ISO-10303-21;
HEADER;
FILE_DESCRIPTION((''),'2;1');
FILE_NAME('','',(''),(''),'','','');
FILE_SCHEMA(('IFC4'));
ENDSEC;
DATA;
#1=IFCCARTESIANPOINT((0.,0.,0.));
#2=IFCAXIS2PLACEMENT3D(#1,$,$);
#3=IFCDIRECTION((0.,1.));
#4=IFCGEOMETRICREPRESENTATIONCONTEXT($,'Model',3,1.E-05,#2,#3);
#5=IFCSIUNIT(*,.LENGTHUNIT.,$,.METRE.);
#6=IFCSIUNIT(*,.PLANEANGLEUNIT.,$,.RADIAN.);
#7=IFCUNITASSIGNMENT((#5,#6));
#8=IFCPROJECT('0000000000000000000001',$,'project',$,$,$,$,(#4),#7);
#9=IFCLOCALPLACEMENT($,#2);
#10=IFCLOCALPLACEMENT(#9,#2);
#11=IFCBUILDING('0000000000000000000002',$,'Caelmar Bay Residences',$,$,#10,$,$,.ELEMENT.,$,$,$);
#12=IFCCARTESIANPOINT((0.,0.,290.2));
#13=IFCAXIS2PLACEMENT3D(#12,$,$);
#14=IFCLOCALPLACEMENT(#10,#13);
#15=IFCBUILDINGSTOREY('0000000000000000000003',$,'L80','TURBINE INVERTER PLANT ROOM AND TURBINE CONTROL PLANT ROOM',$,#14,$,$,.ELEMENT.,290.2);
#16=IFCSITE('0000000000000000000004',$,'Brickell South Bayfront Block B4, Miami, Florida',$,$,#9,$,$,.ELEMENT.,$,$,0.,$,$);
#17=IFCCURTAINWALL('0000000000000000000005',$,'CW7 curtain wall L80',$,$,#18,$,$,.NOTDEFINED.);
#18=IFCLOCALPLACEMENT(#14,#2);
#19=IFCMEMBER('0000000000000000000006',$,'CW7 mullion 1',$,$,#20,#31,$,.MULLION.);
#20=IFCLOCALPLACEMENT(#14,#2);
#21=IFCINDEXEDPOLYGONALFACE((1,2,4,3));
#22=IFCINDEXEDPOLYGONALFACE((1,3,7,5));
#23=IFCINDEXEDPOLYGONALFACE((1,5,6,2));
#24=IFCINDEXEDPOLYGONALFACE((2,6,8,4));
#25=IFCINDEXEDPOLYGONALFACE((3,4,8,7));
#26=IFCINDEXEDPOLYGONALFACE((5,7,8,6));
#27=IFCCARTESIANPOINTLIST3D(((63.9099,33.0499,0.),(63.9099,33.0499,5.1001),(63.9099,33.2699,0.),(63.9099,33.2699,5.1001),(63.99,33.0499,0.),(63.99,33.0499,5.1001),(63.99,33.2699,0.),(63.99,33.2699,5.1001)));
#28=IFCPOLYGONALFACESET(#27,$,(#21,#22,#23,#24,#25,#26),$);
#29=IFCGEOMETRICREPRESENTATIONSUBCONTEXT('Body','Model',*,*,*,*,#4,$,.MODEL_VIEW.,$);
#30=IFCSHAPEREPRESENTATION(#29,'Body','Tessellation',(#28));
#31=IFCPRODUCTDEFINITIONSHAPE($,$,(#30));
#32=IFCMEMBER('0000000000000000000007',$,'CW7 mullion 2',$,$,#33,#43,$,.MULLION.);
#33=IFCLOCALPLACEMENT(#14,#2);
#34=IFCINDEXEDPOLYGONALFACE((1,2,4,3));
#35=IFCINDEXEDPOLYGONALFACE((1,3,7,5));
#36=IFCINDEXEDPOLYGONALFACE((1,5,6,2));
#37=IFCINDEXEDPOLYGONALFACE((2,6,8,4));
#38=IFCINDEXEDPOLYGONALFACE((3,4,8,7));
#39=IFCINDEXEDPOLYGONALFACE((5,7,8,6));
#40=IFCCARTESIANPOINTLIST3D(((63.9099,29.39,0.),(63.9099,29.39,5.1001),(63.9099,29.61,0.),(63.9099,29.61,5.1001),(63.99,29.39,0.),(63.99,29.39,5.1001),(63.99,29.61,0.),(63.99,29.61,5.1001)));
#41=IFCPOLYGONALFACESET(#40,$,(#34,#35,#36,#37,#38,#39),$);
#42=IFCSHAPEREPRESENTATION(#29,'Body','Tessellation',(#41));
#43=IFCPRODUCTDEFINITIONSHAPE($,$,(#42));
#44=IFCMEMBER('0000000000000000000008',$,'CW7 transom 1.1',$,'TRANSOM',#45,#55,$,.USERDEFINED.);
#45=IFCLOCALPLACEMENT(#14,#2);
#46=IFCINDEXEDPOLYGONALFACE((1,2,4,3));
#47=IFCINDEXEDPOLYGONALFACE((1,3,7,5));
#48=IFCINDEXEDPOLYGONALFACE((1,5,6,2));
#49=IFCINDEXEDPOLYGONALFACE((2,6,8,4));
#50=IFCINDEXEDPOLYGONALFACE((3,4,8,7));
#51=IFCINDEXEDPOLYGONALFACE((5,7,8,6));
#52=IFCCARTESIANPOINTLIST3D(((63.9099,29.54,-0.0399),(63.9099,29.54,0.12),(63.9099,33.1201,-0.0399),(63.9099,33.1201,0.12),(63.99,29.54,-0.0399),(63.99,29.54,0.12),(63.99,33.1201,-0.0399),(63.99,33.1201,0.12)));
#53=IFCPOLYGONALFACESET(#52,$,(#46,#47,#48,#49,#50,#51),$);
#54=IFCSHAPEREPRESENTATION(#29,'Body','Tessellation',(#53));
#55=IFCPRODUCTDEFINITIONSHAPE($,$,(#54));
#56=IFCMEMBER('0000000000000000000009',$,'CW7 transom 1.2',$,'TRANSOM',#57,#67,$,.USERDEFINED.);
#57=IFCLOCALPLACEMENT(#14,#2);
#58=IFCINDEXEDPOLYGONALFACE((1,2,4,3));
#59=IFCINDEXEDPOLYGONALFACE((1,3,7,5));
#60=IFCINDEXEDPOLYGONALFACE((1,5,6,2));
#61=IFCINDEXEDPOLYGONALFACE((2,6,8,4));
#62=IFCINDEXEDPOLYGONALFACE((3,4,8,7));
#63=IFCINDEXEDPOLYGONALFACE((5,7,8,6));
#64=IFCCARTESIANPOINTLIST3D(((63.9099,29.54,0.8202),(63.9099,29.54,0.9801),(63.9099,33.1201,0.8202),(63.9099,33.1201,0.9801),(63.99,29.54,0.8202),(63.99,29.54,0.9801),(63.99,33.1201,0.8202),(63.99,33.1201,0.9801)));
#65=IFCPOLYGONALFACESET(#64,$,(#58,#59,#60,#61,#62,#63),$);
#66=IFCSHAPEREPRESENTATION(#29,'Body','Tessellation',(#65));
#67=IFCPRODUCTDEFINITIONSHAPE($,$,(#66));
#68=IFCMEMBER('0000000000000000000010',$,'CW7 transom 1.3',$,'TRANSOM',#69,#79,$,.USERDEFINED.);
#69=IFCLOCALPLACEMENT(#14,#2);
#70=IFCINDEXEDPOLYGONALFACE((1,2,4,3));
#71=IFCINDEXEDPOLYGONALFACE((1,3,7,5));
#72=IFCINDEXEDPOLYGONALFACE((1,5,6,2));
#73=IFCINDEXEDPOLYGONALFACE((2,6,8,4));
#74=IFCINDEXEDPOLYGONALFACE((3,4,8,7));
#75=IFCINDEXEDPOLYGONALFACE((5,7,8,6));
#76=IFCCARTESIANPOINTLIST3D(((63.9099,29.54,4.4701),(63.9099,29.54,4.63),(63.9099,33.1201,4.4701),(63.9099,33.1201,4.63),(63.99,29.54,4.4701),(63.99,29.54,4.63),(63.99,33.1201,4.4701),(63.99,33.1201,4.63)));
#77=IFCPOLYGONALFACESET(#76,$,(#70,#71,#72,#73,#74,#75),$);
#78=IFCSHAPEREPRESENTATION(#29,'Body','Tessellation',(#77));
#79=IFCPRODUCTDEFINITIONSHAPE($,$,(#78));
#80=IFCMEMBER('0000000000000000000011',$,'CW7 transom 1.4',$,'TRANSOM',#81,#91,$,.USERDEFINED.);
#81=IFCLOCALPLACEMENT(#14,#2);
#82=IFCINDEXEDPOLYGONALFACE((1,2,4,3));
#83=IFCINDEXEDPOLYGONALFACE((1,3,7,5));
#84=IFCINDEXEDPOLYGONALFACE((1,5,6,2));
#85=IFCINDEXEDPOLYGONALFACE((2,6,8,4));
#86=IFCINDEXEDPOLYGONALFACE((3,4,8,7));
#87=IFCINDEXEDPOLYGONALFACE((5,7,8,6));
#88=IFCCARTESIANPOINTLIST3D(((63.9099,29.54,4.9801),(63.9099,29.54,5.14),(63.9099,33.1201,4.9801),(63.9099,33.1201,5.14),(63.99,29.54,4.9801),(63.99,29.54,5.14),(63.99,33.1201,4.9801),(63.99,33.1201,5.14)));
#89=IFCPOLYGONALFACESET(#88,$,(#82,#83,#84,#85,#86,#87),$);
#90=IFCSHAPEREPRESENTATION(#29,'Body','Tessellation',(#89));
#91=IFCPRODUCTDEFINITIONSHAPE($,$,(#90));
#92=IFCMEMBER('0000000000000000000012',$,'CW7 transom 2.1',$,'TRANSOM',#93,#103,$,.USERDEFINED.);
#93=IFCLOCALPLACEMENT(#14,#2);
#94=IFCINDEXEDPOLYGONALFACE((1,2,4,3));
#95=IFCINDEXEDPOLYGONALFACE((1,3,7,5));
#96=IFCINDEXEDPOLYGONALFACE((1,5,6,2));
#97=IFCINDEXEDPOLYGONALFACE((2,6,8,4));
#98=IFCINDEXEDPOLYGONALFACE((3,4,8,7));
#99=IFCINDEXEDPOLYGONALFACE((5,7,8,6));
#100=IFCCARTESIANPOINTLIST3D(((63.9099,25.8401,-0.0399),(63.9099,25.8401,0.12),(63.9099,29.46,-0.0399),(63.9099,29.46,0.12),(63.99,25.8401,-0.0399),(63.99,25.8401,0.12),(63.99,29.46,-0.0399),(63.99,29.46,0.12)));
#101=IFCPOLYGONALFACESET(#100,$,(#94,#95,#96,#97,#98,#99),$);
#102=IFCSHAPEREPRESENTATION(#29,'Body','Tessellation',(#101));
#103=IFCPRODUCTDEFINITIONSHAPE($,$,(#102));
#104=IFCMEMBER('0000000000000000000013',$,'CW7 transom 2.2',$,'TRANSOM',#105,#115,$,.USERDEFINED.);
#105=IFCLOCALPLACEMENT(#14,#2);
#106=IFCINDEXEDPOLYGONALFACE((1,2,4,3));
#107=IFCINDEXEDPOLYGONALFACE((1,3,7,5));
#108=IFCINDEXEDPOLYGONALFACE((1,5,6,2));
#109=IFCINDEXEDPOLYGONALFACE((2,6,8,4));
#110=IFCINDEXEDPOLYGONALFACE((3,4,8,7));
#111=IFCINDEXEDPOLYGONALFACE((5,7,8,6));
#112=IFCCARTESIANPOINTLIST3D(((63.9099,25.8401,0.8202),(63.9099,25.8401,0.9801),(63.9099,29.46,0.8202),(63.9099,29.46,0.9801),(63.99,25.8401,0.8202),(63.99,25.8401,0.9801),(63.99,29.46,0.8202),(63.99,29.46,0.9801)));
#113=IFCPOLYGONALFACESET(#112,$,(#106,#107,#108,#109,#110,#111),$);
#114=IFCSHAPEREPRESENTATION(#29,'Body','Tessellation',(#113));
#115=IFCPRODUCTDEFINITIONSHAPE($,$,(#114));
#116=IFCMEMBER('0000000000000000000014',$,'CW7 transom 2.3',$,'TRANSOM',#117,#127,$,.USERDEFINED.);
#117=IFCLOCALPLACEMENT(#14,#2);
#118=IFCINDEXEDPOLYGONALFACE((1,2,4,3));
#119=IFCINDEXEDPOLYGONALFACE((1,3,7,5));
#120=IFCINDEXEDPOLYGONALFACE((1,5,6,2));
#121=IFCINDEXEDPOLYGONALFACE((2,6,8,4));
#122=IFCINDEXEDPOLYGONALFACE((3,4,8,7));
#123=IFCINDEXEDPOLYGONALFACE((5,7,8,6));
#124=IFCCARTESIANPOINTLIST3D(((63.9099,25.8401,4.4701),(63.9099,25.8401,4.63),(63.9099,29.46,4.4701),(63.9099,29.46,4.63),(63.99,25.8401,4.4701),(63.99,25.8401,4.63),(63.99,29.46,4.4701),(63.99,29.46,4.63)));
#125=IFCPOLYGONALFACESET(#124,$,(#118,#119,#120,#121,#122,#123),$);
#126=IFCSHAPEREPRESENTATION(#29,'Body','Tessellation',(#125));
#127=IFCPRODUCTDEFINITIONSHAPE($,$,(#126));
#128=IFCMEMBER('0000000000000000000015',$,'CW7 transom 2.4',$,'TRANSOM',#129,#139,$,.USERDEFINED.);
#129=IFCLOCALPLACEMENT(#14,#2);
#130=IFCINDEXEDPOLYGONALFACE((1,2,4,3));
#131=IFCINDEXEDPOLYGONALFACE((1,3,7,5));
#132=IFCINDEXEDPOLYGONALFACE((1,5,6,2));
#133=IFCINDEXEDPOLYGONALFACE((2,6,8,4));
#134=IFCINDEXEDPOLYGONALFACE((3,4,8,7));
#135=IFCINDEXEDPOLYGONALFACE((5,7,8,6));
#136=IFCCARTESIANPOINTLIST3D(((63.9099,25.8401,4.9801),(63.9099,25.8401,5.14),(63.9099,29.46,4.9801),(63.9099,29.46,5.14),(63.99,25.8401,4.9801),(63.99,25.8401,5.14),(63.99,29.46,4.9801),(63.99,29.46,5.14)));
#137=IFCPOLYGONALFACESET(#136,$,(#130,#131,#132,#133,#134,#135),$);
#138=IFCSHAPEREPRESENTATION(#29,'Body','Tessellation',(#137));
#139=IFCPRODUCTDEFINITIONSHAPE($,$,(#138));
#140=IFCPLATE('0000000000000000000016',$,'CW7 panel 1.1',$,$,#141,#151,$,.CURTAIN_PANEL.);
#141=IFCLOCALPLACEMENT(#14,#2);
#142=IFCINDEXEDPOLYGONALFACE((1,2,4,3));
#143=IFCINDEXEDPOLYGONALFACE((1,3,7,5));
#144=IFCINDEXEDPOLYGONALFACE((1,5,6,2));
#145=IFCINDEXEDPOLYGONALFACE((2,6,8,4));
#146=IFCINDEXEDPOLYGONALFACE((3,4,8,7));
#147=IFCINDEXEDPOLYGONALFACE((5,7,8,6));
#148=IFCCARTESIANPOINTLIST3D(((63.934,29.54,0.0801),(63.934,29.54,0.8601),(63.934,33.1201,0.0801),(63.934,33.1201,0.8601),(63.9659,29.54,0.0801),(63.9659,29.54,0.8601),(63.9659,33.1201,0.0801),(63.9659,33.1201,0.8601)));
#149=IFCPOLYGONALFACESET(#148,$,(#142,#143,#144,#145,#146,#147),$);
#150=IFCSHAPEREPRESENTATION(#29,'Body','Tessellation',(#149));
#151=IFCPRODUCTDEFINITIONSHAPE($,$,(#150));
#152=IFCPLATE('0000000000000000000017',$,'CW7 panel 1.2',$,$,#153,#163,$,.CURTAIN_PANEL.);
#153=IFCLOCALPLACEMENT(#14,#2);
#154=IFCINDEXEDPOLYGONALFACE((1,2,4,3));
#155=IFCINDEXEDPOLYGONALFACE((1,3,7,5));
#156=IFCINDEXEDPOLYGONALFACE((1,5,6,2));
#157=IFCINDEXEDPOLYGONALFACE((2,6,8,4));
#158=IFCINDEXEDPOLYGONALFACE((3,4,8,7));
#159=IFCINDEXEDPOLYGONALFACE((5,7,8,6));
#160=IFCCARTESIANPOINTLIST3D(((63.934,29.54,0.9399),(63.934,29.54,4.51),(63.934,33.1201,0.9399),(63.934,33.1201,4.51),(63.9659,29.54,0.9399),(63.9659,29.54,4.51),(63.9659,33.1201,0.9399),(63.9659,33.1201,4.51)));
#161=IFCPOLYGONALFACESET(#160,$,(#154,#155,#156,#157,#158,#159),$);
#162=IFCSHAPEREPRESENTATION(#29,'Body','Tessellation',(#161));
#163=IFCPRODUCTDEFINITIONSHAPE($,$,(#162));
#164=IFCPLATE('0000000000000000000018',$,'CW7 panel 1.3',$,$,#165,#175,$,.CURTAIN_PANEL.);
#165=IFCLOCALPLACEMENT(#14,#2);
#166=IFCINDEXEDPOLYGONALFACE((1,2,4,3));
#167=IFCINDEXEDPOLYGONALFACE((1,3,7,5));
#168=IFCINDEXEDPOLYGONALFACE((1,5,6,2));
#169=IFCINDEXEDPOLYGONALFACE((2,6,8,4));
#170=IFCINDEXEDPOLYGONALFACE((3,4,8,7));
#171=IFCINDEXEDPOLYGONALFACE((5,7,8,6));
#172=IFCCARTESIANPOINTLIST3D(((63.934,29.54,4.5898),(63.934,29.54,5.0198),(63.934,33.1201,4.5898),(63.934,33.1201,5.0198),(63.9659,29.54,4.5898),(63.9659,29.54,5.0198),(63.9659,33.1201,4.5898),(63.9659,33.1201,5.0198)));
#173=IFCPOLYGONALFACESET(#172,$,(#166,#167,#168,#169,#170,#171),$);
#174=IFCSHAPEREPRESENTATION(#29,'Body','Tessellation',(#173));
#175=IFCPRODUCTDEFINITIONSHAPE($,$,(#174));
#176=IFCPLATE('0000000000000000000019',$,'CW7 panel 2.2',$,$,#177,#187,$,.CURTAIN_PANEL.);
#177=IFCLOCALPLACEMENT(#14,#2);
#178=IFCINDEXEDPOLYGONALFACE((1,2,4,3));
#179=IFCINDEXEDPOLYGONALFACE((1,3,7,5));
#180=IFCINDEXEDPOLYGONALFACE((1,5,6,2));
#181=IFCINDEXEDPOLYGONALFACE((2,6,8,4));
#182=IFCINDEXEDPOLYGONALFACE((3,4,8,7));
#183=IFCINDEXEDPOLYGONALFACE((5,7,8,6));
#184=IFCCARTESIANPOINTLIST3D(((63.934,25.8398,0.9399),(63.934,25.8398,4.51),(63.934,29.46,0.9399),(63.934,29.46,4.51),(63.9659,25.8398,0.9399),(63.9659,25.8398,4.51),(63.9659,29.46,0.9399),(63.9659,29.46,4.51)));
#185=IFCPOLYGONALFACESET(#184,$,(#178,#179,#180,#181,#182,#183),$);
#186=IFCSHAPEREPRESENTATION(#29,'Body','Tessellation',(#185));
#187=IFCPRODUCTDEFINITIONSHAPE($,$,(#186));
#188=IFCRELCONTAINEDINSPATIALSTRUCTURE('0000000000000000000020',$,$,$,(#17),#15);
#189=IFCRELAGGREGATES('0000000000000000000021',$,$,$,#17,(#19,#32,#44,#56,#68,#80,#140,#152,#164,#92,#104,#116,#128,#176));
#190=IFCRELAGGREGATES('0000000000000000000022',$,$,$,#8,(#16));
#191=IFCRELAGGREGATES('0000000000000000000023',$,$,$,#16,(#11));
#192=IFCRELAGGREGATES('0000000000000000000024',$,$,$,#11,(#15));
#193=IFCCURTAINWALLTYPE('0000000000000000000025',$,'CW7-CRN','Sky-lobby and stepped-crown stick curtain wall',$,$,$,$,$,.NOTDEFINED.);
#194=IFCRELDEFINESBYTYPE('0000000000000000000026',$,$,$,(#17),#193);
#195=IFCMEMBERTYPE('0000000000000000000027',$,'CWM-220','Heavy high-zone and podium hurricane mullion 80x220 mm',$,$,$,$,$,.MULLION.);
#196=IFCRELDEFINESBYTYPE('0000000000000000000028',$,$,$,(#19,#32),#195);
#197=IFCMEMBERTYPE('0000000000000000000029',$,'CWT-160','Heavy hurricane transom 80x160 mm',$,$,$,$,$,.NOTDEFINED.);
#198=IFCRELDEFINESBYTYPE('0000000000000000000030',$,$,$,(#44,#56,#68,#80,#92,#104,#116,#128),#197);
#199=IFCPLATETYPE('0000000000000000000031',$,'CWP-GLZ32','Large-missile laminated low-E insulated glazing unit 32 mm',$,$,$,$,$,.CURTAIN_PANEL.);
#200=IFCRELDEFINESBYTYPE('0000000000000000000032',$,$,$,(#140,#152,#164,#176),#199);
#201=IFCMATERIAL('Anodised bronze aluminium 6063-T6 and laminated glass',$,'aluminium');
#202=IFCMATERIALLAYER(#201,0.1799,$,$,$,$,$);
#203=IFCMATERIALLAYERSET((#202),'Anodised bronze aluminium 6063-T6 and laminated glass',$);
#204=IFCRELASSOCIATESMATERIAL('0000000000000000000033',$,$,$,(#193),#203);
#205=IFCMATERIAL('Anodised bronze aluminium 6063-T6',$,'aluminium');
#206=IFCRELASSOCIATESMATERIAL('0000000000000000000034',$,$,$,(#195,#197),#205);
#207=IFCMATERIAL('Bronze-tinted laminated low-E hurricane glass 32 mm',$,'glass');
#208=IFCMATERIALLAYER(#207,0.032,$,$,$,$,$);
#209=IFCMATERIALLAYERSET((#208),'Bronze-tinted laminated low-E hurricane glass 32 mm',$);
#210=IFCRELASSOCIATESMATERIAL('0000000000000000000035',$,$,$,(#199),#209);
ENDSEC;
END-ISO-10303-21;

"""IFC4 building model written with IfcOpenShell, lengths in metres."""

from ifc_helpers import new_model, si_unit, direction, frame, origin, origin_2d, place, context, subcontext, project, spatial, rectangle, extrude, material, layer, layer_set, material_profile, profile_set, type_object, element, aggregate, save


model = new_model("IFC4")

# Units and contexts
model_context = context("Model", 3, precision=1e-05, world=origin(), true_north=direction((0.0, 1.0)))
body_context = subcontext(model_context, "Body", "Model", "MODEL_VIEW")
ifc_project = project(units=[si_unit("LENGTHUNIT", "METRE"), si_unit("PLANEANGLEUNIT", "RADIAN")], contexts=[model_context])

# Site, building, storey
site_placement = place(None, origin())
site = spatial("IfcSite", under=ifc_project, at=site_placement, Name="Brickell South Bayfront Block B4, Miami, Florida", CompositionType="ELEMENT", RefElevation=0.0)
building_placement = place(site_placement, origin())
building = spatial("IfcBuilding", under=site, at=building_placement, Name="Caelmar Bay Residences", CompositionType="ELEMENT")
storey_placement = place(building_placement, frame((0.0, 0.0, 290.2)))
storey = spatial("IfcBuildingStorey", under=building, at=storey_placement, Name="L80", Description="TURBINE INVERTER PLANT ROOM AND TURBINE CONTROL PLANT ROOM", CompositionType="ELEMENT", Elevation=290.2)

# Curtain wall, members, plates
ifc_material_1 = material(Name="Anodised bronze aluminium 6063-T6 and laminated glass", Category="aluminium")
ifc_layer_1 = layer(ifc_material_1, 0.1799)
ifc_layer_set_1 = layer_set([ifc_layer_1], Name="Anodised bronze aluminium 6063-T6 and laminated glass")
curtain_wall_type = type_object("IfcCurtainWallType", Name="CW7-CRN", Description="Sky-lobby and stepped-crown stick curtain wall", PredefinedType="NOTDEFINED", material=ifc_layer_set_1)
curtain_wall_placement = place(storey_placement, origin())
curtain_wall = element("IfcCurtainWall", 1, at=curtain_wall_placement, inside=storey, type_object=curtain_wall_type, Name="CW7 curtain wall L80", PredefinedType="NOTDEFINED")
ifc_material_2 = material(Name="Anodised bronze aluminium 6063-T6", Category="aluminium")
ifc_material_profile_1 = material_profile(ifc_material_2, rectangle(XDim=0.0801, YDim=0.22, at=origin_2d()), Name="CWM-80X220")
ifc_profile_set_1 = profile_set([ifc_material_profile_1], Name="Anodised bronze aluminium 6063-T6")
member_type_1 = type_object("IfcMemberType", Name="CWM-220", Description="Heavy high-zone and podium hurricane mullion 80x220 mm", PredefinedType="MULLION", material=ifc_profile_set_1)
member_1_placement = place(storey_placement, frame((63.95, 33.1599, 0.0), z_axis=(0.0, 0.0, 1.0), x_axis=(1.0, 0.0, 0.0)))
member_1 = element("IfcMember", 2, at=member_1_placement, type_object=member_type_1, Name="CW7 mullion 1", PredefinedType="MULLION", context=body_context, shape_type="SweptSolid", body=[
    extrude(rectangle(XDim=0.0801, YDim=0.22, at=origin_2d()), origin(), (0.0, 0.0, 1.0), 5.1001),
])
member_2_placement = place(storey_placement, frame((63.95, 29.5, 0.0), z_axis=(0.0, 0.0, 1.0), x_axis=(1.0, 0.0, 0.0)))
member_2 = element("IfcMember", 3, at=member_2_placement, type_object=member_type_1, Name="CW7 mullion 2", PredefinedType="MULLION", context=body_context, shape_type="SweptSolid", body=[
    extrude(rectangle(XDim=0.0801, YDim=0.22, at=origin_2d()), origin(), (0.0, 0.0, 1.0), 5.1001),
])
ifc_material_profile_2 = material_profile(ifc_material_2, rectangle(XDim=0.0801, YDim=0.1599, at=origin_2d()), Name="CWT-80X160")
ifc_profile_set_2 = profile_set([ifc_material_profile_2], Name="Anodised bronze aluminium 6063-T6")
member_type_2 = type_object("IfcMemberType", Name="CWT-160", Description="Heavy hurricane transom 80x160 mm", PredefinedType="NOTDEFINED", material=ifc_profile_set_2)
member_3_placement = place(storey_placement, frame((63.95, 33.1201, 0.04), z_axis=(0.0, -1.0, 0.0), x_axis=(1.0, 0.0, 0.0)))
member_3 = element("IfcMember", 4, at=member_3_placement, type_object=member_type_2, Name="CW7 transom 1.1", ObjectType="TRANSOM", PredefinedType="USERDEFINED", context=body_context, shape_type="SweptSolid", body=[
    extrude(rectangle(XDim=0.0801, YDim=0.1599, at=origin_2d()), origin(), (0.0, 0.0, 1.0), 3.5801),
])
member_4_placement = place(storey_placement, frame((63.95, 33.1201, 0.9001), z_axis=(0.0, -1.0, 0.0), x_axis=(1.0, 0.0, 0.0)))
member_4 = element("IfcMember", 5, at=member_4_placement, type_object=member_type_2, Name="CW7 transom 1.2", ObjectType="TRANSOM", PredefinedType="USERDEFINED", context=body_context, shape_type="SweptSolid", body=[
    extrude(rectangle(XDim=0.0801, YDim=0.1599, at=origin_2d()), origin(), (0.0, 0.0, 1.0), 3.5801),
])
member_5_placement = place(storey_placement, frame((63.95, 33.1201, 4.55), z_axis=(0.0, -1.0, 0.0), x_axis=(1.0, 0.0, 0.0)))
member_5 = element("IfcMember", 6, at=member_5_placement, type_object=member_type_2, Name="CW7 transom 1.3", ObjectType="TRANSOM", PredefinedType="USERDEFINED", context=body_context, shape_type="SweptSolid", body=[
    extrude(rectangle(XDim=0.0801, YDim=0.1599, at=origin_2d()), origin(), (0.0, 0.0, 1.0), 3.5801),
])
member_6_placement = place(storey_placement, frame((63.95, 33.1201, 5.0601), z_axis=(0.0, -1.0, 0.0), x_axis=(1.0, 0.0, 0.0)))
member_6 = element("IfcMember", 7, at=member_6_placement, type_object=member_type_2, Name="CW7 transom 1.4", ObjectType="TRANSOM", PredefinedType="USERDEFINED", context=body_context, shape_type="SweptSolid", body=[
    extrude(rectangle(XDim=0.0801, YDim=0.1599, at=origin_2d()), origin(), (0.0, 0.0, 1.0), 3.5801),
])
member_7_placement = place(storey_placement, frame((63.95, 29.46, 0.04), z_axis=(0.0, -1.0, 0.0), x_axis=(1.0, 0.0, 0.0)))
member_7 = element("IfcMember", 8, at=member_7_placement, type_object=member_type_2, Name="CW7 transom 2.1", ObjectType="TRANSOM", PredefinedType="USERDEFINED", context=body_context, shape_type="SweptSolid", body=[
    extrude(rectangle(XDim=0.0801, YDim=0.1599, at=origin_2d()), origin(), (0.0, 0.0, 1.0), 3.6199),
])
member_8_placement = place(storey_placement, frame((63.95, 29.46, 0.9001), z_axis=(0.0, -1.0, 0.0), x_axis=(1.0, 0.0, 0.0)))
member_8 = element("IfcMember", 9, at=member_8_placement, type_object=member_type_2, Name="CW7 transom 2.2", ObjectType="TRANSOM", PredefinedType="USERDEFINED", context=body_context, shape_type="SweptSolid", body=[
    extrude(rectangle(XDim=0.0801, YDim=0.1599, at=origin_2d()), origin(), (0.0, 0.0, 1.0), 3.6199),
])
member_9_placement = place(storey_placement, frame((63.95, 29.46, 4.55), z_axis=(0.0, -1.0, 0.0), x_axis=(1.0, 0.0, 0.0)))
member_9 = element("IfcMember", 10, at=member_9_placement, type_object=member_type_2, Name="CW7 transom 2.3", ObjectType="TRANSOM", PredefinedType="USERDEFINED", context=body_context, shape_type="SweptSolid", body=[
    extrude(rectangle(XDim=0.0801, YDim=0.1599, at=origin_2d()), origin(), (0.0, 0.0, 1.0), 3.6199),
])
member_10_placement = place(storey_placement, frame((63.95, 29.46, 5.0601), z_axis=(0.0, -1.0, 0.0), x_axis=(1.0, 0.0, 0.0)))
member_10 = element("IfcMember", 11, at=member_10_placement, type_object=member_type_2, Name="CW7 transom 2.4", ObjectType="TRANSOM", PredefinedType="USERDEFINED", context=body_context, shape_type="SweptSolid", body=[
    extrude(rectangle(XDim=0.0801, YDim=0.1599, at=origin_2d()), origin(), (0.0, 0.0, 1.0), 3.6199),
])
ifc_material_3 = material(Name="Bronze-tinted laminated low-E hurricane glass 32 mm", Category="glass")
ifc_layer_2 = layer(ifc_material_3, 0.032)
ifc_layer_set_2 = layer_set([ifc_layer_2], Name="Bronze-tinted laminated low-E hurricane glass 32 mm")
plate_type = type_object("IfcPlateType", Name="CWP-GLZ32", Description="Large-missile laminated low-E insulated glazing unit 32 mm", PredefinedType="CURTAIN_PANEL", material=ifc_layer_set_2)
plate_1_placement = place(storey_placement, frame((63.95, 31.3301, 0.0801), z_axis=(0.0, 0.0, 1.0), x_axis=(0.0, -1.0, 0.0)))
plate_1 = element("IfcPlate", 12, at=plate_1_placement, type_object=plate_type, Name="CW7 panel 1.1", PredefinedType="CURTAIN_PANEL", context=body_context, shape_type="SweptSolid", body=[
    extrude(rectangle(XDim=3.5801, YDim=0.032, at=origin_2d()), origin(), (0.0, 0.0, 1.0), 0.78),
])
plate_2_placement = place(storey_placement, frame((63.95, 31.3301, 0.9399), z_axis=(0.0, 0.0, 1.0), x_axis=(0.0, -1.0, 0.0)))
plate_2 = element("IfcPlate", 13, at=plate_2_placement, type_object=plate_type, Name="CW7 panel 1.2", PredefinedType="CURTAIN_PANEL", context=body_context, shape_type="SweptSolid", body=[
    extrude(rectangle(XDim=3.5801, YDim=0.032, at=origin_2d()), origin(), (0.0, 0.0, 1.0), 3.5701),
])
plate_3_placement = place(storey_placement, frame((63.95, 31.3301, 4.5898), z_axis=(0.0, 0.0, 1.0), x_axis=(0.0, -1.0, 0.0)))
plate_3 = element("IfcPlate", 14, at=plate_3_placement, type_object=plate_type, Name="CW7 panel 1.3", PredefinedType="CURTAIN_PANEL", context=body_context, shape_type="SweptSolid", body=[
    extrude(rectangle(XDim=3.5801, YDim=0.032, at=origin_2d()), origin(), (0.0, 0.0, 1.0), 0.4299),
])
plate_4_placement = place(storey_placement, frame((63.95, 27.6499, 0.9399), z_axis=(0.0, 0.0, 1.0), x_axis=(0.0, -1.0, 0.0)))
plate_4 = element("IfcPlate", 15, at=plate_4_placement, type_object=plate_type, Name="CW7 panel 2.2", PredefinedType="CURTAIN_PANEL", context=body_context, shape_type="SweptSolid", body=[
    extrude(rectangle(XDim=3.6201, YDim=0.032, at=origin_2d()), origin(), (0.0, 0.0, 1.0), 3.5701),
])
aggregate(curtain_wall, [member_1, member_2, member_3, member_4, member_5, member_6, plate_1, plate_2, plate_3, member_7, member_8, member_9, member_10, plate_4])

save(model, "model.ifc")
